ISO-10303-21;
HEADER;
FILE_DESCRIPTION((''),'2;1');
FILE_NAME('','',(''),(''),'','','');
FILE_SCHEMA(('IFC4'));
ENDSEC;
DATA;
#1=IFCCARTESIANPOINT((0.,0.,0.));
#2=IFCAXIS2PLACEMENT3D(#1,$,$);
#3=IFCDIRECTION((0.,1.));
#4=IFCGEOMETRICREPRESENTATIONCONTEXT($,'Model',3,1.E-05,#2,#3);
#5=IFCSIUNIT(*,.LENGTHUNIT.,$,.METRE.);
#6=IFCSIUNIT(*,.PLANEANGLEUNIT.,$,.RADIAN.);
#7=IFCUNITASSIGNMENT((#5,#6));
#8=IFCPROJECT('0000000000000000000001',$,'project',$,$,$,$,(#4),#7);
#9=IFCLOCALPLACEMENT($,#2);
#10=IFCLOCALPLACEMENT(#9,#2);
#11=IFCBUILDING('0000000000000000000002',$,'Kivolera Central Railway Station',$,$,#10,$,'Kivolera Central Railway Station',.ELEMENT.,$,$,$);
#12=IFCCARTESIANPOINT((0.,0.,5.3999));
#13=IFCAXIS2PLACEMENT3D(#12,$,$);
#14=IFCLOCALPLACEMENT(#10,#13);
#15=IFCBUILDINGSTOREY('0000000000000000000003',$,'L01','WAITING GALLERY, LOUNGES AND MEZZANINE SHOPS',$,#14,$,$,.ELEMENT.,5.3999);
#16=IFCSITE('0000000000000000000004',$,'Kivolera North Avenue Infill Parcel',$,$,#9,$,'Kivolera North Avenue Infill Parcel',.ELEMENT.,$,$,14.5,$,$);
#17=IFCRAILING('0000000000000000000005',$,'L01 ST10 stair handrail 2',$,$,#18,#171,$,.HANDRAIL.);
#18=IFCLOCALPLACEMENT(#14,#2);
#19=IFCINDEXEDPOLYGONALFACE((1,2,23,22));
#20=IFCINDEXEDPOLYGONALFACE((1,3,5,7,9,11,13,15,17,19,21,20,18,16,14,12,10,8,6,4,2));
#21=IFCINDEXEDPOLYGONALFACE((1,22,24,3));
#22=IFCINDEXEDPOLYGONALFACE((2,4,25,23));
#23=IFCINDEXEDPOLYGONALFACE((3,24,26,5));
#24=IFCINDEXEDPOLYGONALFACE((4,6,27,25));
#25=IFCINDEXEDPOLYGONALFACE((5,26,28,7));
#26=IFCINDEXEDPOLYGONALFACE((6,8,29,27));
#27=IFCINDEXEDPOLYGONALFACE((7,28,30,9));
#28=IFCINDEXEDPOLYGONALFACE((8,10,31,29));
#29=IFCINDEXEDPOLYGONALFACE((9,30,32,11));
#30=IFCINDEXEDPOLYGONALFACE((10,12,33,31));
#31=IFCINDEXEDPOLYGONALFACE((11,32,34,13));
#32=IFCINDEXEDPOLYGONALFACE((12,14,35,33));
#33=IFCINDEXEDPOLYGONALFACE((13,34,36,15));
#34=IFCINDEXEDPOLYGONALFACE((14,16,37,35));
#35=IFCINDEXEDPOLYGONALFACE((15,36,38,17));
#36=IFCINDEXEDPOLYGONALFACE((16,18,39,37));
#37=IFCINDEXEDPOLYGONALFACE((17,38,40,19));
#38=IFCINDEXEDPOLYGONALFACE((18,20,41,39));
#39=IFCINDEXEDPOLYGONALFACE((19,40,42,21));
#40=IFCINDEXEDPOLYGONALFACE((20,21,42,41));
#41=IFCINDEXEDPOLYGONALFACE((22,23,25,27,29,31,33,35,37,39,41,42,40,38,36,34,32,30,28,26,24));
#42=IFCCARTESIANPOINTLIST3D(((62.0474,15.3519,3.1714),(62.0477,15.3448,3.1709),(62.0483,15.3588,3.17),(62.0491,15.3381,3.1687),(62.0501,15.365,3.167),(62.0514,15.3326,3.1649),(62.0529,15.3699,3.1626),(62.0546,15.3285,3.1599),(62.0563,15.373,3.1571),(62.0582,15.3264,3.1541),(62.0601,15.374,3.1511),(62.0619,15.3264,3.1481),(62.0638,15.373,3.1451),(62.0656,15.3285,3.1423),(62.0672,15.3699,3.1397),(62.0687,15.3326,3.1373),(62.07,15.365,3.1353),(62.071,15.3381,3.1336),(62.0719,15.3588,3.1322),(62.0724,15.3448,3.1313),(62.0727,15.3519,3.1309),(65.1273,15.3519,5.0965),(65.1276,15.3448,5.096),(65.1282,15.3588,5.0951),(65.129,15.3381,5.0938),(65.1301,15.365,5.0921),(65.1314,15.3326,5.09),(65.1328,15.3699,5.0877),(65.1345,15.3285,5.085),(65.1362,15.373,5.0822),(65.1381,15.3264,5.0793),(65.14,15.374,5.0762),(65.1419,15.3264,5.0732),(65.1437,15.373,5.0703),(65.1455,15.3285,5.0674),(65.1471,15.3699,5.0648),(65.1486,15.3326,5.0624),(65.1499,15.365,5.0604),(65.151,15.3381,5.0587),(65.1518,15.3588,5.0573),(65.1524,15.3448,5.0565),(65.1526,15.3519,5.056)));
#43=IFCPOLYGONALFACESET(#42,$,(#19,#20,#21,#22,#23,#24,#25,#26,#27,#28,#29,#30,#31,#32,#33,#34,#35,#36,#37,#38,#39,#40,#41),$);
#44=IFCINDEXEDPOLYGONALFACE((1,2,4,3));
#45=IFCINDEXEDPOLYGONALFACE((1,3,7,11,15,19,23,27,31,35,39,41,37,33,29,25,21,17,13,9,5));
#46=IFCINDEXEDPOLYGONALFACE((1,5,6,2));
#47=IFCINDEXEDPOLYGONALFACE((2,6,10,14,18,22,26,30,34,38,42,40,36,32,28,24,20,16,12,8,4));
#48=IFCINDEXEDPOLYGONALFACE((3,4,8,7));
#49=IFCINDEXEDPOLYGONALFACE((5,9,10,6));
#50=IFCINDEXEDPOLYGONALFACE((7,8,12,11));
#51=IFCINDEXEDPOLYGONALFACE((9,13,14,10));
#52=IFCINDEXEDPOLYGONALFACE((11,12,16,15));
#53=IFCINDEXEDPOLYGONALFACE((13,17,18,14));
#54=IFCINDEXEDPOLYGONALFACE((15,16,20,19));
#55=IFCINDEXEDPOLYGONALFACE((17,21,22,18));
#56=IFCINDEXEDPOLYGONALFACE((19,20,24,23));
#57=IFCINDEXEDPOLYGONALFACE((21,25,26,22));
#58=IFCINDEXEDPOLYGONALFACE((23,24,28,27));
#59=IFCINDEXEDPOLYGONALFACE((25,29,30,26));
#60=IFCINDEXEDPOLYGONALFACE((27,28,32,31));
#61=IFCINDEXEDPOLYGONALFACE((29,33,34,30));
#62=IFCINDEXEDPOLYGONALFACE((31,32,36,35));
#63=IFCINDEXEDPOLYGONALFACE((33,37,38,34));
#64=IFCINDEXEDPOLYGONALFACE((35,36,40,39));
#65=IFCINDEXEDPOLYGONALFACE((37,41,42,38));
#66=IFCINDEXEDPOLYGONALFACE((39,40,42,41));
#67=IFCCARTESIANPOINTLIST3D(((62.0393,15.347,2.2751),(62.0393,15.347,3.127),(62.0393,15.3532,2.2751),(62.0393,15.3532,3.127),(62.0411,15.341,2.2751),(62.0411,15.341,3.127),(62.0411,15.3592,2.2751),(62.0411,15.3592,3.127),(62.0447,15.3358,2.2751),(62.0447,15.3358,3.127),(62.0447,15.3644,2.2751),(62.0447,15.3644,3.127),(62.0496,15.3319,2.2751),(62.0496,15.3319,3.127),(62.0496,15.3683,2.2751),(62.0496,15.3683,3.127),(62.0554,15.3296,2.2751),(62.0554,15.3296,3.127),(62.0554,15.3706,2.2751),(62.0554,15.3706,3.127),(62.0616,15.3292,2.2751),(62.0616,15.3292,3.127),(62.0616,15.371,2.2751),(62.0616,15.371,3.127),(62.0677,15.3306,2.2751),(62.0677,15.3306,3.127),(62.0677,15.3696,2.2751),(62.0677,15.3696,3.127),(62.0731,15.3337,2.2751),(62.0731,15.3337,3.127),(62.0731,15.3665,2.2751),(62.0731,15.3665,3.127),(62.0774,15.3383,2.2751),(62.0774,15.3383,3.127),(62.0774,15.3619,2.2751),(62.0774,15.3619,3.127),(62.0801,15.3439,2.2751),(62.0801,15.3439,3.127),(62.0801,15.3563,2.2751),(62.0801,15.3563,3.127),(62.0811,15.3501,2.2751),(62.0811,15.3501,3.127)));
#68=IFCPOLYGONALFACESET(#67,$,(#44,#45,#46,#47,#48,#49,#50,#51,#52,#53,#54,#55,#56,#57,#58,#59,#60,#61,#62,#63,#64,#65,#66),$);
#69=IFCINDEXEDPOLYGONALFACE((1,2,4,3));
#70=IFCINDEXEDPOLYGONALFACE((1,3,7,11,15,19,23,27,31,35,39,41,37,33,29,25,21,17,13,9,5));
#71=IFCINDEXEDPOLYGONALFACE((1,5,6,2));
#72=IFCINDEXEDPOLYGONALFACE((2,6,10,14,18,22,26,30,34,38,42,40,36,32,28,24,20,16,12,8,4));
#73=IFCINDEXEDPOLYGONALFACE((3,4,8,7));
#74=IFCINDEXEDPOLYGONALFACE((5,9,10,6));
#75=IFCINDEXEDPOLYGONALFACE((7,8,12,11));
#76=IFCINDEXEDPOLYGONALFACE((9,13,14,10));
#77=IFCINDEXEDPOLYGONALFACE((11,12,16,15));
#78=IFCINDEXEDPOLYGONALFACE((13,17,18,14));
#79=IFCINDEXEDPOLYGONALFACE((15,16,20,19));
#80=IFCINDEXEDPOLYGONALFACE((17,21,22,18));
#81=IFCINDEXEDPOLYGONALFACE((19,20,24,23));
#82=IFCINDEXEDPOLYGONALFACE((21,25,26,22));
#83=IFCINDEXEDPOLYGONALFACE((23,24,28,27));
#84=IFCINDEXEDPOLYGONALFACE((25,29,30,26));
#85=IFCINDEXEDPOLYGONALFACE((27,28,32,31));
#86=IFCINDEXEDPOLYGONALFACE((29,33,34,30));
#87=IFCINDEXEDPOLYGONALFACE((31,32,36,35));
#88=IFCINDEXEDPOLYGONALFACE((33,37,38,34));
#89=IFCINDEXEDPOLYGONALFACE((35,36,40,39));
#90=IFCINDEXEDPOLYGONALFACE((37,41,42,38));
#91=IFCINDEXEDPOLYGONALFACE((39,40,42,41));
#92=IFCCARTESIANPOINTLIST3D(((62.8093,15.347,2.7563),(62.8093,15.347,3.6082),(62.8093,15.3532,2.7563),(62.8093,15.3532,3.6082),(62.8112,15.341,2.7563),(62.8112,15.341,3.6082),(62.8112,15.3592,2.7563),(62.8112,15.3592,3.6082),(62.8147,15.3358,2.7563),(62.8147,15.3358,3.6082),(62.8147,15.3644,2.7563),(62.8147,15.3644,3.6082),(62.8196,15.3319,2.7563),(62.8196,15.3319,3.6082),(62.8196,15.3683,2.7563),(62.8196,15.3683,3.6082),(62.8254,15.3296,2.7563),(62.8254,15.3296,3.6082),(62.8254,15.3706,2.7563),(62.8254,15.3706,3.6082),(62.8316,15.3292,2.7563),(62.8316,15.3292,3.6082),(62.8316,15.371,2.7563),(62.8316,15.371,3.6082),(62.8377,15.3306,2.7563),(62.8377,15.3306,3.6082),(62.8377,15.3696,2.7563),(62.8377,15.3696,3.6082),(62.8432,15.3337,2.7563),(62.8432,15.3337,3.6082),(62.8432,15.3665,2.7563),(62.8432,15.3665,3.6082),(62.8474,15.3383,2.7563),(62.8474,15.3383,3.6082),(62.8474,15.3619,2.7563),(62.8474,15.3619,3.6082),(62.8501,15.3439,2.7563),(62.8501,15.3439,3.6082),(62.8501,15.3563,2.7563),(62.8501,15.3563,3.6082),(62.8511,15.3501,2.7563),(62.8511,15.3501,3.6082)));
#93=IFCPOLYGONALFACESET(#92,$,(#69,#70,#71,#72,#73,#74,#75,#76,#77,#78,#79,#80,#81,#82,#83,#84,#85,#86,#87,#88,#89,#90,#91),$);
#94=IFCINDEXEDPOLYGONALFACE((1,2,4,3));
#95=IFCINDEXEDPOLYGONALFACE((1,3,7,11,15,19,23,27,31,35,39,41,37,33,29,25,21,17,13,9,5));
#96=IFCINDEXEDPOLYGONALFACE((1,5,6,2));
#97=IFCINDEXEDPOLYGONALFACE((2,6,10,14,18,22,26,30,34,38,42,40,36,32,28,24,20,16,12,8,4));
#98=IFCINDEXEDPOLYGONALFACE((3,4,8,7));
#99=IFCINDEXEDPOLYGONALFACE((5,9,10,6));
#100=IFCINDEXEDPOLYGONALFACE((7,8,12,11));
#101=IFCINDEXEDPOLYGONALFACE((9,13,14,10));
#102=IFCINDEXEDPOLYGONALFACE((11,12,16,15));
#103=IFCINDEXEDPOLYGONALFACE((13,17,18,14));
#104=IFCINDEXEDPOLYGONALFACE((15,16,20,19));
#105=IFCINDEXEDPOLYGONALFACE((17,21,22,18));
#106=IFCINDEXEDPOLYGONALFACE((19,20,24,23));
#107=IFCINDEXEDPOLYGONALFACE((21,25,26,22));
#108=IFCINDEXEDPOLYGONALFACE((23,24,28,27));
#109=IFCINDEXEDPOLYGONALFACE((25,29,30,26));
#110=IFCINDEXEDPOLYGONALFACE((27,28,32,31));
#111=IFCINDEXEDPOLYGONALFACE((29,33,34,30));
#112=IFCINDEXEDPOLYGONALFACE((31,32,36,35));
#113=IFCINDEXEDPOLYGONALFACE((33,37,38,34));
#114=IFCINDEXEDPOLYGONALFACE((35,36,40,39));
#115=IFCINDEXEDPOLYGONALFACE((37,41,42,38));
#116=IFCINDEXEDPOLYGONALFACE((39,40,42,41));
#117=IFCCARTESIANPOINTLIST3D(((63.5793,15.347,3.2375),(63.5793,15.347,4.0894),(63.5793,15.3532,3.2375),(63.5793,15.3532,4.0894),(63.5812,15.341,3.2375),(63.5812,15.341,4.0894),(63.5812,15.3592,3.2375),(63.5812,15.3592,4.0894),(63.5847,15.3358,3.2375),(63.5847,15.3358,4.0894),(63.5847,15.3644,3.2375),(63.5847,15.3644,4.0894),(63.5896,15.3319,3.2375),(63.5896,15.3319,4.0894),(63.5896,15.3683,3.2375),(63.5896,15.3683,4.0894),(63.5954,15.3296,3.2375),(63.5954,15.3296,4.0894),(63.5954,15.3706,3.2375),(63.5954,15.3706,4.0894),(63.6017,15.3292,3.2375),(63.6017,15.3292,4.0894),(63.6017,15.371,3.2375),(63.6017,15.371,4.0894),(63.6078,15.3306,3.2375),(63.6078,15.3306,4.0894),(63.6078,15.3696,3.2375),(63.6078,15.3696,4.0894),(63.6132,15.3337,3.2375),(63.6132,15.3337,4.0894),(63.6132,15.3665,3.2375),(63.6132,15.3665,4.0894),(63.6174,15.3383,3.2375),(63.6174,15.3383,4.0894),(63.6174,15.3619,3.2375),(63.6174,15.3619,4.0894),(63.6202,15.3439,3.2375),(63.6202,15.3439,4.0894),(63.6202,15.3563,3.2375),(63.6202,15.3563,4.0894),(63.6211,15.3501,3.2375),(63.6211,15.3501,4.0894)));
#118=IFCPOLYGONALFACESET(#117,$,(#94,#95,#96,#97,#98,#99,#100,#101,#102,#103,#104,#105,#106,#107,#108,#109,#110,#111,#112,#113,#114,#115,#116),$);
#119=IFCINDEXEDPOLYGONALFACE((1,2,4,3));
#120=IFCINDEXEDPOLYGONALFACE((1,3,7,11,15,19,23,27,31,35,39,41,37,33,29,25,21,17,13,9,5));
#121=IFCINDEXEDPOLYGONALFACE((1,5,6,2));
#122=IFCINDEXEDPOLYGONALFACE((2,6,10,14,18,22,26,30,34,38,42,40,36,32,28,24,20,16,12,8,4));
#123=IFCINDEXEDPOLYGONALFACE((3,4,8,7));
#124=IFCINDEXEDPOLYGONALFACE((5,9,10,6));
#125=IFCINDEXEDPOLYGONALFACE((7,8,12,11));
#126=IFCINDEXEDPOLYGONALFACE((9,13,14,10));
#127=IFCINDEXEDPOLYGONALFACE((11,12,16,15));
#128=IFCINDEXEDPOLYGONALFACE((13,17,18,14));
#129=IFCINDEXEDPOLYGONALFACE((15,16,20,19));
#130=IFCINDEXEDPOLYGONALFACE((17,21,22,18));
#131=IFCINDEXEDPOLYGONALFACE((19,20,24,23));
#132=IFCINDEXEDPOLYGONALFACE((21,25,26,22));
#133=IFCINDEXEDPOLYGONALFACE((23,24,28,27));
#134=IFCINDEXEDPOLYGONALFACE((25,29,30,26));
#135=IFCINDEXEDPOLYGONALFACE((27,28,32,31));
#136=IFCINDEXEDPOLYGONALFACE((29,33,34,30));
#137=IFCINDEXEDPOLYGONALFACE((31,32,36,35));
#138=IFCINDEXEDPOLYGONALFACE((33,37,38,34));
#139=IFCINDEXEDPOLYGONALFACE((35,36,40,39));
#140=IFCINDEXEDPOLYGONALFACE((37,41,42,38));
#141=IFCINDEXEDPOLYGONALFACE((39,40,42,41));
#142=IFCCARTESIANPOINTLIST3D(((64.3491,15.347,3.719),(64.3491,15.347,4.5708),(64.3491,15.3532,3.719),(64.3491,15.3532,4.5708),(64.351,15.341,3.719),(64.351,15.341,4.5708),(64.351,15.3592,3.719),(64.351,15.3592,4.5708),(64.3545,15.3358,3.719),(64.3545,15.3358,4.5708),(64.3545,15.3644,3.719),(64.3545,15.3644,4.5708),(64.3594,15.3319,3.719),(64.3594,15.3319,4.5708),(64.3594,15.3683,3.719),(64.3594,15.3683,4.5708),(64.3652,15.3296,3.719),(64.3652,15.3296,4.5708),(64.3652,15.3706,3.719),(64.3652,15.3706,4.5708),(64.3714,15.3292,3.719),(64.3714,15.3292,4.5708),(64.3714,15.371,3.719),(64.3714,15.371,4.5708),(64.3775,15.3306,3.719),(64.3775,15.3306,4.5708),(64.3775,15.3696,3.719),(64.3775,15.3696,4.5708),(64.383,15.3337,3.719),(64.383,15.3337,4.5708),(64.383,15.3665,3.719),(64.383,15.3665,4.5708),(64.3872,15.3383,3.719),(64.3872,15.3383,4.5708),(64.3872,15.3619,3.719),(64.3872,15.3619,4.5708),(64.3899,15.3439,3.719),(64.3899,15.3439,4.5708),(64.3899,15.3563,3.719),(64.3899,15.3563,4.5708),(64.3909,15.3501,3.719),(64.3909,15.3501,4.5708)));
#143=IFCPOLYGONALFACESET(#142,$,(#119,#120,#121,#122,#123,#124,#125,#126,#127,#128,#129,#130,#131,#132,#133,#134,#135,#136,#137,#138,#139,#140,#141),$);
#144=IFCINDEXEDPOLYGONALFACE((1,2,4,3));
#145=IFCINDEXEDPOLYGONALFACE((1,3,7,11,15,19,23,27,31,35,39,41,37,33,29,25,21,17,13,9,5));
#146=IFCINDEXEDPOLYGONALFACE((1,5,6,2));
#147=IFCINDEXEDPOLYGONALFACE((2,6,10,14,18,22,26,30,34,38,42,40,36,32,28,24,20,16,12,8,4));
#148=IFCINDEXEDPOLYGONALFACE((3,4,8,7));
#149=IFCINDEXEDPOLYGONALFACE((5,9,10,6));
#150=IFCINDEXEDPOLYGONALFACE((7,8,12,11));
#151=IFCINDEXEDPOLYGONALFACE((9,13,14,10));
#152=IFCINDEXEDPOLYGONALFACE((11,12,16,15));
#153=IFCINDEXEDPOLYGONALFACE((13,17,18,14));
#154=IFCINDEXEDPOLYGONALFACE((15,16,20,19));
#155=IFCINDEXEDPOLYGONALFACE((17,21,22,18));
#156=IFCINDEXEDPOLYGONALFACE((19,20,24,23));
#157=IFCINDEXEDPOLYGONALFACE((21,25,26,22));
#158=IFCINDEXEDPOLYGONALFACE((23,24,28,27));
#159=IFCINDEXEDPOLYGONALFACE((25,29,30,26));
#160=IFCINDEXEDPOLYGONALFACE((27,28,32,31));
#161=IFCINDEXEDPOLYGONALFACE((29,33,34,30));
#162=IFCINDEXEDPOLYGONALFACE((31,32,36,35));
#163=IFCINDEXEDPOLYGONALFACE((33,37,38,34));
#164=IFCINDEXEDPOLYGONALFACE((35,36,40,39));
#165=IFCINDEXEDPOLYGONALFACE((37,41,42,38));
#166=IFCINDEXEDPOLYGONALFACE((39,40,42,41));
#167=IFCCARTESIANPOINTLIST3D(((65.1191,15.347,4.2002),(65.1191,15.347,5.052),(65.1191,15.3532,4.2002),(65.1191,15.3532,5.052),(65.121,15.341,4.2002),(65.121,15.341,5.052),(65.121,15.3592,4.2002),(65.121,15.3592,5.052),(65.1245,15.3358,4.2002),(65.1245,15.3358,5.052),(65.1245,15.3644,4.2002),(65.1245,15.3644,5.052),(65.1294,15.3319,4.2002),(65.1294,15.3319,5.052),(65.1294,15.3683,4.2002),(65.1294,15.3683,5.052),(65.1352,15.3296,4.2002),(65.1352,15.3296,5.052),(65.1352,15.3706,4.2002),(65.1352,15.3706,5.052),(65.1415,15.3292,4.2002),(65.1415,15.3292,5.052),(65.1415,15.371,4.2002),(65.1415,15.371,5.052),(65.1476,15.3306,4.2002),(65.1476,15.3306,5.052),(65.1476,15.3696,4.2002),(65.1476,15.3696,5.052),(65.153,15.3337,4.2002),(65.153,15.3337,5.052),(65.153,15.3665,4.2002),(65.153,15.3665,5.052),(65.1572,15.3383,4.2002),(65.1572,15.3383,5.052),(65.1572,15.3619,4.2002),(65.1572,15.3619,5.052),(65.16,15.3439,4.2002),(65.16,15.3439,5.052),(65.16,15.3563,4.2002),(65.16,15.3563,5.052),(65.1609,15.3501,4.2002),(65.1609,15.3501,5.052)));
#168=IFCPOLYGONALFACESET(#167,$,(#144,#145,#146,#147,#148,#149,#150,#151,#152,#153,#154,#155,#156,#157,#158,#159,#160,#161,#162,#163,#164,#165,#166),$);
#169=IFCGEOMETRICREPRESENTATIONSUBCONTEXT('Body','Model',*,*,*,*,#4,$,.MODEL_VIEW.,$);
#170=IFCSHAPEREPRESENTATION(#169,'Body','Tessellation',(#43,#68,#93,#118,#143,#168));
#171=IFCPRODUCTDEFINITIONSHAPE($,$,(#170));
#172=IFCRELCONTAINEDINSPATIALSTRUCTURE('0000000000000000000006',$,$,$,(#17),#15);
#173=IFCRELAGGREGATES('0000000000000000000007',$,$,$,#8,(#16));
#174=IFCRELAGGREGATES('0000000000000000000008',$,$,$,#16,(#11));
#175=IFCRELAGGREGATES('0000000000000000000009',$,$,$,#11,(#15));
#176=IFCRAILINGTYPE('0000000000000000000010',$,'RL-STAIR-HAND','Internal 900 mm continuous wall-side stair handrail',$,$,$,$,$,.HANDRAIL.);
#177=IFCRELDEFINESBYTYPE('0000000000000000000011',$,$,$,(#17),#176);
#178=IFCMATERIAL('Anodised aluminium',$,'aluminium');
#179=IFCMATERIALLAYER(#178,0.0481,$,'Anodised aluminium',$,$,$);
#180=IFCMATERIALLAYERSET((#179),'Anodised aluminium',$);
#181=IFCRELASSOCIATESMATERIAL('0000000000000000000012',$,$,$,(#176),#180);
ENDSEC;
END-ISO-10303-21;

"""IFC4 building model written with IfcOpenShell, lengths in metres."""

from ifc_helpers import new_model, si_unit, direction, frame, origin, origin_2d, place, context, subcontext, project, spatial, circle, extrude, material, layer, layer_set, type_object, element, save


model = new_model("IFC4")

# Units and contexts
model_context = context("Model", 3, precision=1e-05, world=origin(), true_north=direction((0.0, 1.0)))
body_context = subcontext(model_context, "Body", "Model", "MODEL_VIEW")
ifc_project = project(units=[si_unit("LENGTHUNIT", "METRE"), si_unit("PLANEANGLEUNIT", "RADIAN")], contexts=[model_context])

# Site, building, storey
site_placement = place(None, origin())
site = spatial("IfcSite", under=ifc_project, at=site_placement, Name="Kivolera North Avenue Infill Parcel", LongName="Kivolera North Avenue Infill Parcel", CompositionType="ELEMENT", RefElevation=14.5)
building_placement = place(site_placement, origin())
building = spatial("IfcBuilding", under=site, at=building_placement, Name="Kivolera Central Railway Station", LongName="Kivolera Central Railway Station", CompositionType="ELEMENT")
storey_placement = place(building_placement, frame((0.0, 0.0, 5.3999)))
storey = spatial("IfcBuildingStorey", under=building, at=storey_placement, Name="L01", Description="WAITING GALLERY, LOUNGES AND MEZZANINE SHOPS", CompositionType="ELEMENT", Elevation=5.3999)

# Railing
ifc_material_1 = material(Name="Anodised aluminium", Category="aluminium")
ifc_layer_1 = layer(ifc_material_1, 0.0481, Name="Anodised aluminium")
ifc_layer_set_1 = layer_set([ifc_layer_1], Name="Anodised aluminium")
railing_type_1 = type_object("IfcRailingType", Name="RL-STAIR-HAND", Description="Internal 900 mm continuous wall-side stair handrail", PredefinedType="HANDRAIL", material=ifc_layer_set_1)
railing_1_placement = place(storey_placement, frame((62.0601, 15.3501, 2.2751)))
element("IfcRailing", 1, at=railing_1_placement, inside=storey, type_object=railing_type_1, Name="L01 ST10 stair handrail 2", PredefinedType="HANDRAIL", context=body_context, shape_type="SweptSolid", body=[
    extrude(circle(Radius=0.0239, at=origin_2d()), frame((0.0, 0.0, 0.876), z_axis=(0.847979, 0.0, 0.530029), x_axis=(0.0, 1.0, 0.0)), (0.0, 0.0, 1.0), 3.6321),
    extrude(circle(Radius=0.021, at=origin_2d()), origin(), (0.0, 0.0, 1.0), 0.8518),
    extrude(circle(Radius=0.021, at=origin_2d()), frame((0.77, 0.0, 0.4812)), (0.0, 0.0, 1.0), 0.8518),
    extrude(circle(Radius=0.021, at=origin_2d()), frame((1.54, 0.0, 0.9624)), (0.0, 0.0, 1.0), 0.8518),
    extrude(circle(Radius=0.021, at=origin_2d()), frame((2.3098, 0.0, 1.4438)), (0.0, 0.0, 1.0), 0.8518),
    extrude(circle(Radius=0.021, at=origin_2d()), frame((3.0798, 0.0, 1.925)), (0.0, 0.0, 1.0), 0.8518),
])

save(model, "model.ifc")
